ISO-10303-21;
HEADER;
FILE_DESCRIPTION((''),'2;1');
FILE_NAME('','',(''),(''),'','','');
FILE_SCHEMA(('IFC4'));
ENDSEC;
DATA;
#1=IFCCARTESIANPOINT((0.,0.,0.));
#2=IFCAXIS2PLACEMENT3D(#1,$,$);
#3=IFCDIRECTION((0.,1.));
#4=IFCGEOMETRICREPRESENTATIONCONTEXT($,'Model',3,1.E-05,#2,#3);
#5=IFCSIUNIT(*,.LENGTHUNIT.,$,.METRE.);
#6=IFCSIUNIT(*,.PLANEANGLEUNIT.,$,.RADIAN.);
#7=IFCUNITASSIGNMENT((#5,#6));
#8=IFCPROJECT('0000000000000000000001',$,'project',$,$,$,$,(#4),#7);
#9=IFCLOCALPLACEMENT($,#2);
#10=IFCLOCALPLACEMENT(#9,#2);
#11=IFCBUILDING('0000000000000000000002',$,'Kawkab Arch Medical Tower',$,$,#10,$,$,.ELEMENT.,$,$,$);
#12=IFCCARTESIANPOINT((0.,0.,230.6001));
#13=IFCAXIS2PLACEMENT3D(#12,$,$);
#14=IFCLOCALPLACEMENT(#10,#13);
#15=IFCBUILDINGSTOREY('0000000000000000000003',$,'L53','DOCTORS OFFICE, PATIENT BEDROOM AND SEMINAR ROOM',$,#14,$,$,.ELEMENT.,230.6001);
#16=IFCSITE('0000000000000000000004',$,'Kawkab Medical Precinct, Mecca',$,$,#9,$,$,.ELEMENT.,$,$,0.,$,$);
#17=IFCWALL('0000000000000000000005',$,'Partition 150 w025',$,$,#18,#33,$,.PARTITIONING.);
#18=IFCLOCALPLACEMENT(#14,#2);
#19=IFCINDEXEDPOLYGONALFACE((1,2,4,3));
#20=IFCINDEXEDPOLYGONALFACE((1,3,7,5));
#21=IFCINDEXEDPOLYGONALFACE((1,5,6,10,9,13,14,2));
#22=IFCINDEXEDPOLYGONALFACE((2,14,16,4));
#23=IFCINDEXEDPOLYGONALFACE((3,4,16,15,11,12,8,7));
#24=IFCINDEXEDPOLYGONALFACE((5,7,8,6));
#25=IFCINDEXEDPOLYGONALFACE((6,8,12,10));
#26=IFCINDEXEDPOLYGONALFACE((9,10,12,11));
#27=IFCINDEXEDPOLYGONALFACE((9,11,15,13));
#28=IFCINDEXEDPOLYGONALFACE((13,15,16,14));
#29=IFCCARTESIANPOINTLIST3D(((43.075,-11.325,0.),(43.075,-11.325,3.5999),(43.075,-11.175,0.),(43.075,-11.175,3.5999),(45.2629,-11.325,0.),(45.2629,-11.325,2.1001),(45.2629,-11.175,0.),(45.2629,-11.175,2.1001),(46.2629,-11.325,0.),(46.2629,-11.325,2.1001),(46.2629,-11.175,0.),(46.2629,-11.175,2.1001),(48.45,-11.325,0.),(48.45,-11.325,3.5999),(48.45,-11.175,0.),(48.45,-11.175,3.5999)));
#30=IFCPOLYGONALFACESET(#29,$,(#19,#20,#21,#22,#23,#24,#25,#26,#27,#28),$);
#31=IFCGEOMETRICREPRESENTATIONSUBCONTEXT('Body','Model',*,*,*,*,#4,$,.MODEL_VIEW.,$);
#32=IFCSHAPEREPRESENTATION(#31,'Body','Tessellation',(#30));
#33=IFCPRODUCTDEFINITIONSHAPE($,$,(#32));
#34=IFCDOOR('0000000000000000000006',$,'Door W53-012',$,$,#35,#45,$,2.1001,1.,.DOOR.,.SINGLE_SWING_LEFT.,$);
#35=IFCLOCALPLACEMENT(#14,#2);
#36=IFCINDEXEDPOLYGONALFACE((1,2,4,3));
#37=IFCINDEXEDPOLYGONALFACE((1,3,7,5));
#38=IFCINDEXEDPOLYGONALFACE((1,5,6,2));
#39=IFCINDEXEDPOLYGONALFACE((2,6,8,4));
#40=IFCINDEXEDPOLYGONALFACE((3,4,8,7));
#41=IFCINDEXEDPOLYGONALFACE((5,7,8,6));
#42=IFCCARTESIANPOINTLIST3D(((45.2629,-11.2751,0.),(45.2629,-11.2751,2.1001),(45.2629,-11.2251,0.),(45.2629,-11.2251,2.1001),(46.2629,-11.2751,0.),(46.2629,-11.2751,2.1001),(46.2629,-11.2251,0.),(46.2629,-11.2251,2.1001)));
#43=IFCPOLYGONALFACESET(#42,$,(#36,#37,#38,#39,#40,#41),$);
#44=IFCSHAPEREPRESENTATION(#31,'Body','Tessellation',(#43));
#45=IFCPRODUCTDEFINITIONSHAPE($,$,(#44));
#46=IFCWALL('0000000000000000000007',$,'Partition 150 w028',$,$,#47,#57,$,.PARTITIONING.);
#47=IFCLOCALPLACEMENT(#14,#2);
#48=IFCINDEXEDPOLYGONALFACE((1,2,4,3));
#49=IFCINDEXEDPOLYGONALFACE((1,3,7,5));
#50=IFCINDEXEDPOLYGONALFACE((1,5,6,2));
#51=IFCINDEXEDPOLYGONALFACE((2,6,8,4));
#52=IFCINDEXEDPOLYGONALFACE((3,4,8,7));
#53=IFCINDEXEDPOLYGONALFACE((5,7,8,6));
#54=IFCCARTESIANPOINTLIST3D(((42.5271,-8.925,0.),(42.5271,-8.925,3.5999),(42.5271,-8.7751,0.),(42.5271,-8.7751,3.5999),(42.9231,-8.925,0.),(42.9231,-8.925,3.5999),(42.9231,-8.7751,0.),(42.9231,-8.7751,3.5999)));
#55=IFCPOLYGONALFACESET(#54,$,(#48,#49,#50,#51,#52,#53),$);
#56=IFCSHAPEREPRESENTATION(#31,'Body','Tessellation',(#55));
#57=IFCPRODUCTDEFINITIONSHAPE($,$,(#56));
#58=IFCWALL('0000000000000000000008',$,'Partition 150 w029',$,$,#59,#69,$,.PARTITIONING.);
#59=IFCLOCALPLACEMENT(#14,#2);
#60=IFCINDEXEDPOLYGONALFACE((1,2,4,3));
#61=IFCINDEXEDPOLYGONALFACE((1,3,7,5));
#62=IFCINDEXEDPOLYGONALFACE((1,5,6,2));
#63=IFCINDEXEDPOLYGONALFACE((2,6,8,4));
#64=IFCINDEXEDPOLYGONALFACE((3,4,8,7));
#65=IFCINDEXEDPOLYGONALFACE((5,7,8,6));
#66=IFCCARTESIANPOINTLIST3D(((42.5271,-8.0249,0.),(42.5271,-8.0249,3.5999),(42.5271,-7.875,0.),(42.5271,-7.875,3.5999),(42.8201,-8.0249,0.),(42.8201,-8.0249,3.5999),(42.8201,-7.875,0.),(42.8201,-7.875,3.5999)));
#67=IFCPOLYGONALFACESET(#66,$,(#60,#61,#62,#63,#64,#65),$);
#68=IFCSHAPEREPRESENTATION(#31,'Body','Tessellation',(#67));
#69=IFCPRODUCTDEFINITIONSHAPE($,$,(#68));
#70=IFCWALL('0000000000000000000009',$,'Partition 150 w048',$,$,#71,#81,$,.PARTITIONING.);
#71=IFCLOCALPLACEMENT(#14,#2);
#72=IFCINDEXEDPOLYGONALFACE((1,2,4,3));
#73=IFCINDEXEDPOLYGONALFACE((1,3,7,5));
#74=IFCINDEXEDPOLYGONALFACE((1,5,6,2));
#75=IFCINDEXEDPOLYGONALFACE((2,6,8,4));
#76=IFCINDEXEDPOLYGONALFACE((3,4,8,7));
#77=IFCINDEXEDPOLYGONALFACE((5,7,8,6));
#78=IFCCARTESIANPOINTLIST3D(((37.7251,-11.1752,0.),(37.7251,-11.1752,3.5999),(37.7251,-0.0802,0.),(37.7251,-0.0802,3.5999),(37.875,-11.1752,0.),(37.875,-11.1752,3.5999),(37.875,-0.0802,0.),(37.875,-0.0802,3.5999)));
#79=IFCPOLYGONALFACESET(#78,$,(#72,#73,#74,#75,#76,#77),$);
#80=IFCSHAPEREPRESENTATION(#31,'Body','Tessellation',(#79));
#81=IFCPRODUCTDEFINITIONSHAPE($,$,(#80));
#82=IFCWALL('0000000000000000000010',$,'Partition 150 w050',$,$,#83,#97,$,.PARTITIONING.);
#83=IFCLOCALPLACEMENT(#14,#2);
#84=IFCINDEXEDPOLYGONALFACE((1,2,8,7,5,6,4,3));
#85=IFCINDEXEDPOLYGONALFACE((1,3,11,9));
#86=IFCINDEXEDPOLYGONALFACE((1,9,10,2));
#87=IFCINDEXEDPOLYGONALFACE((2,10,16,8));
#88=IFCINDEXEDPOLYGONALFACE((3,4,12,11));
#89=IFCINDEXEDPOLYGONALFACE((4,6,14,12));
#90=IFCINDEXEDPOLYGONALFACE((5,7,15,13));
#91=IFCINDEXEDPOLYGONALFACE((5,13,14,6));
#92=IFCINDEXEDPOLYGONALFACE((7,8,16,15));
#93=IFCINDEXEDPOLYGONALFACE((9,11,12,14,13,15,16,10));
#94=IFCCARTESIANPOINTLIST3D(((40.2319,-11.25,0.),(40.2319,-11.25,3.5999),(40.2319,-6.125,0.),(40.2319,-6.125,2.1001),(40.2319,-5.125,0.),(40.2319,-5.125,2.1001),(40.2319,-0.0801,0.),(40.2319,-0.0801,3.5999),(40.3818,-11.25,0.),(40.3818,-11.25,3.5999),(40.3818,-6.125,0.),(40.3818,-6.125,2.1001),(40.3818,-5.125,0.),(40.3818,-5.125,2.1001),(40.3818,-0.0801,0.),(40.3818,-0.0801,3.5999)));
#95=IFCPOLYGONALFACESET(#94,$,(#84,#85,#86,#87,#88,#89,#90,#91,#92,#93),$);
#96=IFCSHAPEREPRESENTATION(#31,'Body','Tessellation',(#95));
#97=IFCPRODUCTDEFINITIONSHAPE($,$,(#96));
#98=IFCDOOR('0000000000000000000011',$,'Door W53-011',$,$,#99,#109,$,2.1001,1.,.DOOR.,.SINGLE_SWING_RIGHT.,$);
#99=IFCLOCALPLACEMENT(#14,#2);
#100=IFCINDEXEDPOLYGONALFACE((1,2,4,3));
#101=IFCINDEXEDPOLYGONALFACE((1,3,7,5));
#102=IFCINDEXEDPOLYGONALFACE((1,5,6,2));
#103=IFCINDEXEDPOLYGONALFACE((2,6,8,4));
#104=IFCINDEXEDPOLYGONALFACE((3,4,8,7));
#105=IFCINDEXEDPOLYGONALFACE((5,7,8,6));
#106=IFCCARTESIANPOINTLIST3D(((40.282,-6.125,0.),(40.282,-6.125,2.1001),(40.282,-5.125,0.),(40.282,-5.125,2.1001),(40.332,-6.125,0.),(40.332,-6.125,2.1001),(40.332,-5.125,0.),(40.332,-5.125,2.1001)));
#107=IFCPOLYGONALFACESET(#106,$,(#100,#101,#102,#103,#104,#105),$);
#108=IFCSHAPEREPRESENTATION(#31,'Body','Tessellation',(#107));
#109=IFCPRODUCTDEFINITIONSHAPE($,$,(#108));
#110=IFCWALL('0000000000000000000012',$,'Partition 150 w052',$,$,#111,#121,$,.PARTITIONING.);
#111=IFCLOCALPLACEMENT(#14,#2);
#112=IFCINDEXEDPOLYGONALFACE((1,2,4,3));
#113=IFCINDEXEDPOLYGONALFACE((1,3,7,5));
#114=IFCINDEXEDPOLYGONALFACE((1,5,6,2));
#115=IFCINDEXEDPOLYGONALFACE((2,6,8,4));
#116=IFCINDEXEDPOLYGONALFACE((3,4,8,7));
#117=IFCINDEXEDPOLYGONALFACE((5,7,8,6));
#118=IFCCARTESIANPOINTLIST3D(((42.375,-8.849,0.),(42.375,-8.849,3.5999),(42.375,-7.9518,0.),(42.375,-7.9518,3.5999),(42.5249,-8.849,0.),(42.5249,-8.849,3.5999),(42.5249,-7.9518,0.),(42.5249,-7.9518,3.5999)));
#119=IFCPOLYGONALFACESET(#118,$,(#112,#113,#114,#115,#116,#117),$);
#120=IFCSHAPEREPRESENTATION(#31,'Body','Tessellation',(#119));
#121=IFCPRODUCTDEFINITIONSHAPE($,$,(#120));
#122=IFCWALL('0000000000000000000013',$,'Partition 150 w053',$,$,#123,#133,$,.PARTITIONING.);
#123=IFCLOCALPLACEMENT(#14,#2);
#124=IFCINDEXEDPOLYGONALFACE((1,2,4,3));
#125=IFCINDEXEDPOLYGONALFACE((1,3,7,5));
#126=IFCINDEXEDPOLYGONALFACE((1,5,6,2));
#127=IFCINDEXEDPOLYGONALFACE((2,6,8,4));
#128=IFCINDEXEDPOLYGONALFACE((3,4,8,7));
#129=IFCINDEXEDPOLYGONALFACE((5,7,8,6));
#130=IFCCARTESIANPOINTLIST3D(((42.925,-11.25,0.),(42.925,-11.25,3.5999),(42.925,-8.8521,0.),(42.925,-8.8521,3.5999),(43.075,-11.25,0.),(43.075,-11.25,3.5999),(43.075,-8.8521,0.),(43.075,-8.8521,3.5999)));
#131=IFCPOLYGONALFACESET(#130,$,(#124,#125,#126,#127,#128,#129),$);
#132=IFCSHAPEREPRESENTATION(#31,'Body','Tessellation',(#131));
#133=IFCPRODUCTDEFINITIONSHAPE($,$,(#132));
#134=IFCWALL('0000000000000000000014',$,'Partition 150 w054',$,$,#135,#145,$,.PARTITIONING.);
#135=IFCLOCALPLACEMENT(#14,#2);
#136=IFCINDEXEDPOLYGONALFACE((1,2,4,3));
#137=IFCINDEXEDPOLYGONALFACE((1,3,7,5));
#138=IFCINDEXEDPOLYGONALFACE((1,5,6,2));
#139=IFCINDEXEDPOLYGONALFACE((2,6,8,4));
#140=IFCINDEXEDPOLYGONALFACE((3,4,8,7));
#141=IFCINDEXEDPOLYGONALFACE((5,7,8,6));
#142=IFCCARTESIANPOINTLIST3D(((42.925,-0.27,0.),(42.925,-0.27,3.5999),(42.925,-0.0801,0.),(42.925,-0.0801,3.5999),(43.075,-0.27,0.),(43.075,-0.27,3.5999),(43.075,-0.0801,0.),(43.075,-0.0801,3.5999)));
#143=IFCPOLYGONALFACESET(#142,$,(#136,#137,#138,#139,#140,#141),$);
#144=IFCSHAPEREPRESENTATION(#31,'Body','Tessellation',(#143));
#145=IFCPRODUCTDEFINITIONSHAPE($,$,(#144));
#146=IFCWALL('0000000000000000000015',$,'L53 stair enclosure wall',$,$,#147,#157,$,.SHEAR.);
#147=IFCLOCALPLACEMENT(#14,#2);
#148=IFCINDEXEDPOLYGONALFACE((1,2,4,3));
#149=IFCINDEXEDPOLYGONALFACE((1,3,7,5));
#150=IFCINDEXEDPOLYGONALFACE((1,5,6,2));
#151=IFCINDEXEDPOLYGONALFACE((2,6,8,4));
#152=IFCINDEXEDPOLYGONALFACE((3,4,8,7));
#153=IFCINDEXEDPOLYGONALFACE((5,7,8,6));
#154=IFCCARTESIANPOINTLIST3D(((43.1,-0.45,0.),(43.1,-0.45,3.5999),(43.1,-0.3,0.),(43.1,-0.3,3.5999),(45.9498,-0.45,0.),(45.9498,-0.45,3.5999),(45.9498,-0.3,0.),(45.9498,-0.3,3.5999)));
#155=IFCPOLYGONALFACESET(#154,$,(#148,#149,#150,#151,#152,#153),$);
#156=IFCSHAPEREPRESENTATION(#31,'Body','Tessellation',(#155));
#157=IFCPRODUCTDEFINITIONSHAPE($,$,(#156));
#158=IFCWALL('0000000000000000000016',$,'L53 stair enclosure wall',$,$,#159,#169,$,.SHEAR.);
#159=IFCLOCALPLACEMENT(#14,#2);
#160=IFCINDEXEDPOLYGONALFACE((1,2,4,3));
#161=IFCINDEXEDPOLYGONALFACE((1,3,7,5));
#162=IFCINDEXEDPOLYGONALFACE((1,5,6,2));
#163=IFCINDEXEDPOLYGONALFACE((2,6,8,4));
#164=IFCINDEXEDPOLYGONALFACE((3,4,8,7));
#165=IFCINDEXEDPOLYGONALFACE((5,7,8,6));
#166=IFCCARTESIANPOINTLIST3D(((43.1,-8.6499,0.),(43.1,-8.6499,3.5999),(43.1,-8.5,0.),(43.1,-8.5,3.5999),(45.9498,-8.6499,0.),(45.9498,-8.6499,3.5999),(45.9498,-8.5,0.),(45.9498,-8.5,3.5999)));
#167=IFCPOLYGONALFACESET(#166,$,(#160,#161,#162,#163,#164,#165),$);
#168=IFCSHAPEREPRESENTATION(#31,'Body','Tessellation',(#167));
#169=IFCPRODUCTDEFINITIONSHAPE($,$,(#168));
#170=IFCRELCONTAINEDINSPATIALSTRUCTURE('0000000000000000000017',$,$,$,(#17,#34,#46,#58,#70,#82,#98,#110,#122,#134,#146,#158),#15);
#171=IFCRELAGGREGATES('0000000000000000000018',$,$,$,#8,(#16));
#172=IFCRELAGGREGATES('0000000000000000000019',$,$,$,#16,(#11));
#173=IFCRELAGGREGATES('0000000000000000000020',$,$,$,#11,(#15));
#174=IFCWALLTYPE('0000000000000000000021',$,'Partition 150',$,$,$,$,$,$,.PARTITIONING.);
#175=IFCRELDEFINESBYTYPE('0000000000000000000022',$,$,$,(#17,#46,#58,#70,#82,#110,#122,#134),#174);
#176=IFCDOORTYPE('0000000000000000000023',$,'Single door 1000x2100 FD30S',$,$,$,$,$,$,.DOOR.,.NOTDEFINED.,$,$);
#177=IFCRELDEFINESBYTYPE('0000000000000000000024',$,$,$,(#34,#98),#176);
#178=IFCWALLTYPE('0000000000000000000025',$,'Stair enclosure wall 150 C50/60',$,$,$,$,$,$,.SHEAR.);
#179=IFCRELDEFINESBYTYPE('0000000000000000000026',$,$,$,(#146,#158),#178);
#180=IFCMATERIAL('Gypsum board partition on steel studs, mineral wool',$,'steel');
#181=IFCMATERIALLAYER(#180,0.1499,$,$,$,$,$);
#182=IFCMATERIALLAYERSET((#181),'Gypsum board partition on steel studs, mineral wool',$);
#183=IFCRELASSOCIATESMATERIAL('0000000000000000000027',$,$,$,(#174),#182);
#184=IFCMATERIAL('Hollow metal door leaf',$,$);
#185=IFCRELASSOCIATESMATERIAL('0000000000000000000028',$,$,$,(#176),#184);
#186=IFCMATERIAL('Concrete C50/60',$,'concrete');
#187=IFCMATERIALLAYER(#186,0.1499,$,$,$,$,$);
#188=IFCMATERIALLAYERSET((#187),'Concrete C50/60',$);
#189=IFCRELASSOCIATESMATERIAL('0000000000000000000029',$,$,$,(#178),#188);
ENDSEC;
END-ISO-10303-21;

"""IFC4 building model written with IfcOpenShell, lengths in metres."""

from ifc_helpers import new_model, si_unit, direction, frame, frame_2d, origin, place, context, subcontext, project, spatial, rectangle, extrude, material, layer, layer_set, type_object, element, fill, save


model = new_model("IFC4")

# Units and contexts
model_context = context("Model", 3, precision=1e-05, world=origin(), true_north=direction((0.0, 1.0)))
body_context = subcontext(model_context, "Body", "Model", "MODEL_VIEW")
ifc_project = project(units=[si_unit("LENGTHUNIT", "METRE"), si_unit("PLANEANGLEUNIT", "RADIAN")], contexts=[model_context])

# Site, building, storey
site_placement = place(None, origin())
site = spatial("IfcSite", under=ifc_project, at=site_placement, Name="Kawkab Medical Precinct, Mecca", CompositionType="ELEMENT", RefElevation=0.0)
building_placement = place(site_placement, origin())
building = spatial("IfcBuilding", under=site, at=building_placement, Name="Kawkab Arch Medical Tower", CompositionType="ELEMENT")
storey_placement = place(building_placement, frame((0.0, 0.0, 230.6001)))
storey = spatial("IfcBuildingStorey", under=building, at=storey_placement, Name="L53", Description="DOCTORS OFFICE, PATIENT BEDROOM AND SEMINAR ROOM", CompositionType="ELEMENT", Elevation=230.6001)

# Wall, opening, door
ifc_material_1 = material(Name="Gypsum board partition on steel studs, mineral wool", Category="steel")
ifc_layer_1 = layer(ifc_material_1, 0.1499)
ifc_layer_set_1 = layer_set([ifc_layer_1], Name="Gypsum board partition on steel studs, mineral wool")
wall_type_1 = type_object("IfcWallType", Name="Partition 150", PredefinedType="PARTITIONING", material=ifc_layer_set_1)
wall_1_placement = place(storey_placement, frame((43.075, -11.25, 0.0), z_axis=(0.0, 0.0, 1.0), x_axis=(1.0, 0.0, 0.0)))
wall_1 = element("IfcWall", 1, at=wall_1_placement, inside=storey, type_object=wall_type_1, Name="Partition 150 w025", PredefinedType="PARTITIONING", context=body_context, shape_type="SweptSolid", body=[
    extrude(rectangle(XDim=5.375, YDim=0.1499, at=frame_2d((2.6875, 0.0))), origin(), (0.0, 0.0, 1.0), 3.5999),
])
opening_1_placement = place(wall_1_placement, frame((2.188, 0.0, 0.0)))
opening_1 = element("IfcOpeningElement", 2, at=opening_1_placement, cuts=wall_1, PredefinedType="OPENING", context=body_context, shape_type="SweptSolid", body=[
    extrude(rectangle(XDim=1.0, YDim=2.1001, at=frame_2d((0.5, 1.05))), frame((0.0, 0.085, 0.0), z_axis=(0.0, -1.0, 0.0), x_axis=(1.0, 0.0, 0.0)), (0.0, 0.0, 1.0), 0.1699),
])
ifc_material_2 = material(Name="Hollow metal door leaf")
door_type_1 = type_object("IfcDoorType", Name="Single door 1000x2100 FD30S", OperationType="NOTDEFINED", PredefinedType="DOOR", material=ifc_material_2)
door_1_placement = place(opening_1_placement, origin())
door_1 = element("IfcDoor", 3, at=door_1_placement, inside=storey, type_object=door_type_1, Name="Door W53-012", OperationType="SINGLE_SWING_LEFT", OverallHeight=2.1001, OverallWidth=1.0, PredefinedType="DOOR", context=body_context, shape_type="SweptSolid", body=[
    extrude(rectangle(XDim=1.0, YDim=2.1001, at=frame_2d((0.5, 1.05))), frame((0.0, 0.0249, 0.0), z_axis=(0.0, -1.0, 0.0), x_axis=(1.0, 0.0, 0.0)), (0.0, 0.0, 1.0), 0.05),
])
fill(opening_1, door_1)

# Walls
wall_2_placement = place(storey_placement, frame((42.5271, -8.8501, 0.0), z_axis=(0.0, 0.0, 1.0), x_axis=(1.0, 0.0, 0.0)))
element("IfcWall", 4, at=wall_2_placement, inside=storey, type_object=wall_type_1, Name="Partition 150 w028", PredefinedType="PARTITIONING", context=body_context, shape_type="SweptSolid", body=[
    extrude(rectangle(XDim=0.396, YDim=0.1499, at=frame_2d((0.198, 0.0))), origin(), (0.0, 0.0, 1.0), 3.5999),
])
wall_3_placement = place(storey_placement, frame((42.5271, -7.95, 0.0), z_axis=(0.0, 0.0, 1.0), x_axis=(1.0, 0.0, 0.0)))
element("IfcWall", 5, at=wall_3_placement, inside=storey, type_object=wall_type_1, Name="Partition 150 w029", PredefinedType="PARTITIONING", context=body_context, shape_type="SweptSolid", body=[
    extrude(rectangle(XDim=0.293, YDim=0.1499, at=frame_2d((0.1465, 0.0))), origin(), (0.0, 0.0, 1.0), 3.5999),
])
wall_4_placement = place(storey_placement, frame((37.8, -11.175, 0.0), z_axis=(0.0, 0.0, 1.0), x_axis=(0.0, 1.0, 0.0)))
element("IfcWall", 6, at=wall_4_placement, inside=storey, type_object=wall_type_1, Name="Partition 150 w048", PredefinedType="PARTITIONING", context=body_context, shape_type="SweptSolid", body=[
    extrude(rectangle(XDim=11.095, YDim=0.1499, at=frame_2d((5.5474, 0.0))), origin(), (0.0, 0.0, 1.0), 3.5999),
])

# Wall, opening, door
wall_5_placement = place(storey_placement, frame((40.3069, -11.25, 0.0), z_axis=(0.0, 0.0, 1.0), x_axis=(0.0, 1.0, 0.0)))
wall_5 = element("IfcWall", 7, at=wall_5_placement, inside=storey, type_object=wall_type_1, Name="Partition 150 w050", PredefinedType="PARTITIONING", context=body_context, shape_type="SweptSolid", body=[
    extrude(rectangle(XDim=11.1699, YDim=0.1499, at=frame_2d((5.585, 0.0))), origin(), (0.0, 0.0, 1.0), 3.5999),
])
opening_2_placement = place(wall_5_placement, frame((5.125, 0.0, 0.0)))
opening_2 = element("IfcOpeningElement", 8, at=opening_2_placement, cuts=wall_5, PredefinedType="OPENING", context=body_context, shape_type="SweptSolid", body=[
    extrude(rectangle(XDim=1.0, YDim=2.1001, at=frame_2d((0.5, 1.05))), frame((0.0, 0.085, 0.0), z_axis=(0.0, -1.0, 0.0), x_axis=(1.0, 0.0, 0.0)), (0.0, 0.0, 1.0), 0.1699),
])
door_2_placement = place(opening_2_placement, origin())
door_2 = element("IfcDoor", 9, at=door_2_placement, inside=storey, type_object=door_type_1, Name="Door W53-011", OperationType="SINGLE_SWING_RIGHT", OverallHeight=2.1001, OverallWidth=1.0, PredefinedType="DOOR", context=body_context, shape_type="SweptSolid", body=[
    extrude(rectangle(XDim=1.0, YDim=2.1001, at=frame_2d((0.5, 1.05))), frame((0.0, 0.0249, 0.0), z_axis=(0.0, -1.0, 0.0), x_axis=(1.0, 0.0, 0.0)), (0.0, 0.0, 1.0), 0.05),
])
fill(opening_2, door_2)

# Walls
wall_6_placement = place(storey_placement, frame((42.45, -8.8491, 0.0), z_axis=(0.0, 0.0, 1.0), x_axis=(0.0, 1.0, 0.0)))
element("IfcWall", 10, at=wall_6_placement, inside=storey, type_object=wall_type_1, Name="Partition 150 w052", PredefinedType="PARTITIONING", context=body_context, shape_type="SweptSolid", body=[
    extrude(rectangle(XDim=0.8972, YDim=0.1499, at=frame_2d((0.4487, 0.0))), origin(), (0.0, 0.0, 1.0), 3.5999),
])
wall_7_placement = place(storey_placement, frame((43.0, -11.25, 0.0), z_axis=(0.0, 0.0, 1.0), x_axis=(0.0, 1.0, 0.0)))
element("IfcWall", 11, at=wall_7_placement, inside=storey, type_object=wall_type_1, Name="Partition 150 w053", PredefinedType="PARTITIONING", context=body_context, shape_type="SweptSolid", body=[
    extrude(rectangle(XDim=2.3979, YDim=0.1499, at=frame_2d((1.199, 0.0))), origin(), (0.0, 0.0, 1.0), 3.5999),
])
wall_8_placement = place(storey_placement, frame((43.0, -0.27, 0.0), z_axis=(0.0, 0.0, 1.0), x_axis=(0.0, 1.0, 0.0)))
element("IfcWall", 12, at=wall_8_placement, inside=storey, type_object=wall_type_1, Name="Partition 150 w054", PredefinedType="PARTITIONING", context=body_context, shape_type="SweptSolid", body=[
    extrude(rectangle(XDim=0.1899, YDim=0.1499, at=frame_2d((0.095, 0.0))), origin(), (0.0, 0.0, 1.0), 3.5999),
])
ifc_material_3 = material(Name="Concrete C50/60", Category="concrete")
ifc_layer_2 = layer(ifc_material_3, 0.1499)
ifc_layer_set_2 = layer_set([ifc_layer_2], Name="Concrete C50/60")
wall_type_2 = type_object("IfcWallType", Name="Stair enclosure wall 150 C50/60", PredefinedType="SHEAR", material=ifc_layer_set_2)
for number, where, z_axis, x_axis, name in (
    (13, (43.1001, -0.375, 0.0), (0.0, 0.0, 1.0), (1.0, 0.0, 0.0), "L53 stair enclosure wall"),
    (14, (43.1001, -8.575, 0.0), (0.0, 0.0, 1.0), (1.0, 0.0, 0.0), "L53 stair enclosure wall"),
):
    element("IfcWall", number, at=place(storey_placement, frame(where, z_axis=z_axis, x_axis=x_axis)), inside=storey, type_object=wall_type_2, Name=name, PredefinedType="SHEAR", context=body_context, shape_type="SweptSolid", body=[
        extrude(rectangle(XDim=2.8499, YDim=0.1499, at=frame_2d((1.4248, 0.0))), origin(), (0.0, 0.0, 1.0), 3.5999),
    ])

save(model, "model.ifc")
